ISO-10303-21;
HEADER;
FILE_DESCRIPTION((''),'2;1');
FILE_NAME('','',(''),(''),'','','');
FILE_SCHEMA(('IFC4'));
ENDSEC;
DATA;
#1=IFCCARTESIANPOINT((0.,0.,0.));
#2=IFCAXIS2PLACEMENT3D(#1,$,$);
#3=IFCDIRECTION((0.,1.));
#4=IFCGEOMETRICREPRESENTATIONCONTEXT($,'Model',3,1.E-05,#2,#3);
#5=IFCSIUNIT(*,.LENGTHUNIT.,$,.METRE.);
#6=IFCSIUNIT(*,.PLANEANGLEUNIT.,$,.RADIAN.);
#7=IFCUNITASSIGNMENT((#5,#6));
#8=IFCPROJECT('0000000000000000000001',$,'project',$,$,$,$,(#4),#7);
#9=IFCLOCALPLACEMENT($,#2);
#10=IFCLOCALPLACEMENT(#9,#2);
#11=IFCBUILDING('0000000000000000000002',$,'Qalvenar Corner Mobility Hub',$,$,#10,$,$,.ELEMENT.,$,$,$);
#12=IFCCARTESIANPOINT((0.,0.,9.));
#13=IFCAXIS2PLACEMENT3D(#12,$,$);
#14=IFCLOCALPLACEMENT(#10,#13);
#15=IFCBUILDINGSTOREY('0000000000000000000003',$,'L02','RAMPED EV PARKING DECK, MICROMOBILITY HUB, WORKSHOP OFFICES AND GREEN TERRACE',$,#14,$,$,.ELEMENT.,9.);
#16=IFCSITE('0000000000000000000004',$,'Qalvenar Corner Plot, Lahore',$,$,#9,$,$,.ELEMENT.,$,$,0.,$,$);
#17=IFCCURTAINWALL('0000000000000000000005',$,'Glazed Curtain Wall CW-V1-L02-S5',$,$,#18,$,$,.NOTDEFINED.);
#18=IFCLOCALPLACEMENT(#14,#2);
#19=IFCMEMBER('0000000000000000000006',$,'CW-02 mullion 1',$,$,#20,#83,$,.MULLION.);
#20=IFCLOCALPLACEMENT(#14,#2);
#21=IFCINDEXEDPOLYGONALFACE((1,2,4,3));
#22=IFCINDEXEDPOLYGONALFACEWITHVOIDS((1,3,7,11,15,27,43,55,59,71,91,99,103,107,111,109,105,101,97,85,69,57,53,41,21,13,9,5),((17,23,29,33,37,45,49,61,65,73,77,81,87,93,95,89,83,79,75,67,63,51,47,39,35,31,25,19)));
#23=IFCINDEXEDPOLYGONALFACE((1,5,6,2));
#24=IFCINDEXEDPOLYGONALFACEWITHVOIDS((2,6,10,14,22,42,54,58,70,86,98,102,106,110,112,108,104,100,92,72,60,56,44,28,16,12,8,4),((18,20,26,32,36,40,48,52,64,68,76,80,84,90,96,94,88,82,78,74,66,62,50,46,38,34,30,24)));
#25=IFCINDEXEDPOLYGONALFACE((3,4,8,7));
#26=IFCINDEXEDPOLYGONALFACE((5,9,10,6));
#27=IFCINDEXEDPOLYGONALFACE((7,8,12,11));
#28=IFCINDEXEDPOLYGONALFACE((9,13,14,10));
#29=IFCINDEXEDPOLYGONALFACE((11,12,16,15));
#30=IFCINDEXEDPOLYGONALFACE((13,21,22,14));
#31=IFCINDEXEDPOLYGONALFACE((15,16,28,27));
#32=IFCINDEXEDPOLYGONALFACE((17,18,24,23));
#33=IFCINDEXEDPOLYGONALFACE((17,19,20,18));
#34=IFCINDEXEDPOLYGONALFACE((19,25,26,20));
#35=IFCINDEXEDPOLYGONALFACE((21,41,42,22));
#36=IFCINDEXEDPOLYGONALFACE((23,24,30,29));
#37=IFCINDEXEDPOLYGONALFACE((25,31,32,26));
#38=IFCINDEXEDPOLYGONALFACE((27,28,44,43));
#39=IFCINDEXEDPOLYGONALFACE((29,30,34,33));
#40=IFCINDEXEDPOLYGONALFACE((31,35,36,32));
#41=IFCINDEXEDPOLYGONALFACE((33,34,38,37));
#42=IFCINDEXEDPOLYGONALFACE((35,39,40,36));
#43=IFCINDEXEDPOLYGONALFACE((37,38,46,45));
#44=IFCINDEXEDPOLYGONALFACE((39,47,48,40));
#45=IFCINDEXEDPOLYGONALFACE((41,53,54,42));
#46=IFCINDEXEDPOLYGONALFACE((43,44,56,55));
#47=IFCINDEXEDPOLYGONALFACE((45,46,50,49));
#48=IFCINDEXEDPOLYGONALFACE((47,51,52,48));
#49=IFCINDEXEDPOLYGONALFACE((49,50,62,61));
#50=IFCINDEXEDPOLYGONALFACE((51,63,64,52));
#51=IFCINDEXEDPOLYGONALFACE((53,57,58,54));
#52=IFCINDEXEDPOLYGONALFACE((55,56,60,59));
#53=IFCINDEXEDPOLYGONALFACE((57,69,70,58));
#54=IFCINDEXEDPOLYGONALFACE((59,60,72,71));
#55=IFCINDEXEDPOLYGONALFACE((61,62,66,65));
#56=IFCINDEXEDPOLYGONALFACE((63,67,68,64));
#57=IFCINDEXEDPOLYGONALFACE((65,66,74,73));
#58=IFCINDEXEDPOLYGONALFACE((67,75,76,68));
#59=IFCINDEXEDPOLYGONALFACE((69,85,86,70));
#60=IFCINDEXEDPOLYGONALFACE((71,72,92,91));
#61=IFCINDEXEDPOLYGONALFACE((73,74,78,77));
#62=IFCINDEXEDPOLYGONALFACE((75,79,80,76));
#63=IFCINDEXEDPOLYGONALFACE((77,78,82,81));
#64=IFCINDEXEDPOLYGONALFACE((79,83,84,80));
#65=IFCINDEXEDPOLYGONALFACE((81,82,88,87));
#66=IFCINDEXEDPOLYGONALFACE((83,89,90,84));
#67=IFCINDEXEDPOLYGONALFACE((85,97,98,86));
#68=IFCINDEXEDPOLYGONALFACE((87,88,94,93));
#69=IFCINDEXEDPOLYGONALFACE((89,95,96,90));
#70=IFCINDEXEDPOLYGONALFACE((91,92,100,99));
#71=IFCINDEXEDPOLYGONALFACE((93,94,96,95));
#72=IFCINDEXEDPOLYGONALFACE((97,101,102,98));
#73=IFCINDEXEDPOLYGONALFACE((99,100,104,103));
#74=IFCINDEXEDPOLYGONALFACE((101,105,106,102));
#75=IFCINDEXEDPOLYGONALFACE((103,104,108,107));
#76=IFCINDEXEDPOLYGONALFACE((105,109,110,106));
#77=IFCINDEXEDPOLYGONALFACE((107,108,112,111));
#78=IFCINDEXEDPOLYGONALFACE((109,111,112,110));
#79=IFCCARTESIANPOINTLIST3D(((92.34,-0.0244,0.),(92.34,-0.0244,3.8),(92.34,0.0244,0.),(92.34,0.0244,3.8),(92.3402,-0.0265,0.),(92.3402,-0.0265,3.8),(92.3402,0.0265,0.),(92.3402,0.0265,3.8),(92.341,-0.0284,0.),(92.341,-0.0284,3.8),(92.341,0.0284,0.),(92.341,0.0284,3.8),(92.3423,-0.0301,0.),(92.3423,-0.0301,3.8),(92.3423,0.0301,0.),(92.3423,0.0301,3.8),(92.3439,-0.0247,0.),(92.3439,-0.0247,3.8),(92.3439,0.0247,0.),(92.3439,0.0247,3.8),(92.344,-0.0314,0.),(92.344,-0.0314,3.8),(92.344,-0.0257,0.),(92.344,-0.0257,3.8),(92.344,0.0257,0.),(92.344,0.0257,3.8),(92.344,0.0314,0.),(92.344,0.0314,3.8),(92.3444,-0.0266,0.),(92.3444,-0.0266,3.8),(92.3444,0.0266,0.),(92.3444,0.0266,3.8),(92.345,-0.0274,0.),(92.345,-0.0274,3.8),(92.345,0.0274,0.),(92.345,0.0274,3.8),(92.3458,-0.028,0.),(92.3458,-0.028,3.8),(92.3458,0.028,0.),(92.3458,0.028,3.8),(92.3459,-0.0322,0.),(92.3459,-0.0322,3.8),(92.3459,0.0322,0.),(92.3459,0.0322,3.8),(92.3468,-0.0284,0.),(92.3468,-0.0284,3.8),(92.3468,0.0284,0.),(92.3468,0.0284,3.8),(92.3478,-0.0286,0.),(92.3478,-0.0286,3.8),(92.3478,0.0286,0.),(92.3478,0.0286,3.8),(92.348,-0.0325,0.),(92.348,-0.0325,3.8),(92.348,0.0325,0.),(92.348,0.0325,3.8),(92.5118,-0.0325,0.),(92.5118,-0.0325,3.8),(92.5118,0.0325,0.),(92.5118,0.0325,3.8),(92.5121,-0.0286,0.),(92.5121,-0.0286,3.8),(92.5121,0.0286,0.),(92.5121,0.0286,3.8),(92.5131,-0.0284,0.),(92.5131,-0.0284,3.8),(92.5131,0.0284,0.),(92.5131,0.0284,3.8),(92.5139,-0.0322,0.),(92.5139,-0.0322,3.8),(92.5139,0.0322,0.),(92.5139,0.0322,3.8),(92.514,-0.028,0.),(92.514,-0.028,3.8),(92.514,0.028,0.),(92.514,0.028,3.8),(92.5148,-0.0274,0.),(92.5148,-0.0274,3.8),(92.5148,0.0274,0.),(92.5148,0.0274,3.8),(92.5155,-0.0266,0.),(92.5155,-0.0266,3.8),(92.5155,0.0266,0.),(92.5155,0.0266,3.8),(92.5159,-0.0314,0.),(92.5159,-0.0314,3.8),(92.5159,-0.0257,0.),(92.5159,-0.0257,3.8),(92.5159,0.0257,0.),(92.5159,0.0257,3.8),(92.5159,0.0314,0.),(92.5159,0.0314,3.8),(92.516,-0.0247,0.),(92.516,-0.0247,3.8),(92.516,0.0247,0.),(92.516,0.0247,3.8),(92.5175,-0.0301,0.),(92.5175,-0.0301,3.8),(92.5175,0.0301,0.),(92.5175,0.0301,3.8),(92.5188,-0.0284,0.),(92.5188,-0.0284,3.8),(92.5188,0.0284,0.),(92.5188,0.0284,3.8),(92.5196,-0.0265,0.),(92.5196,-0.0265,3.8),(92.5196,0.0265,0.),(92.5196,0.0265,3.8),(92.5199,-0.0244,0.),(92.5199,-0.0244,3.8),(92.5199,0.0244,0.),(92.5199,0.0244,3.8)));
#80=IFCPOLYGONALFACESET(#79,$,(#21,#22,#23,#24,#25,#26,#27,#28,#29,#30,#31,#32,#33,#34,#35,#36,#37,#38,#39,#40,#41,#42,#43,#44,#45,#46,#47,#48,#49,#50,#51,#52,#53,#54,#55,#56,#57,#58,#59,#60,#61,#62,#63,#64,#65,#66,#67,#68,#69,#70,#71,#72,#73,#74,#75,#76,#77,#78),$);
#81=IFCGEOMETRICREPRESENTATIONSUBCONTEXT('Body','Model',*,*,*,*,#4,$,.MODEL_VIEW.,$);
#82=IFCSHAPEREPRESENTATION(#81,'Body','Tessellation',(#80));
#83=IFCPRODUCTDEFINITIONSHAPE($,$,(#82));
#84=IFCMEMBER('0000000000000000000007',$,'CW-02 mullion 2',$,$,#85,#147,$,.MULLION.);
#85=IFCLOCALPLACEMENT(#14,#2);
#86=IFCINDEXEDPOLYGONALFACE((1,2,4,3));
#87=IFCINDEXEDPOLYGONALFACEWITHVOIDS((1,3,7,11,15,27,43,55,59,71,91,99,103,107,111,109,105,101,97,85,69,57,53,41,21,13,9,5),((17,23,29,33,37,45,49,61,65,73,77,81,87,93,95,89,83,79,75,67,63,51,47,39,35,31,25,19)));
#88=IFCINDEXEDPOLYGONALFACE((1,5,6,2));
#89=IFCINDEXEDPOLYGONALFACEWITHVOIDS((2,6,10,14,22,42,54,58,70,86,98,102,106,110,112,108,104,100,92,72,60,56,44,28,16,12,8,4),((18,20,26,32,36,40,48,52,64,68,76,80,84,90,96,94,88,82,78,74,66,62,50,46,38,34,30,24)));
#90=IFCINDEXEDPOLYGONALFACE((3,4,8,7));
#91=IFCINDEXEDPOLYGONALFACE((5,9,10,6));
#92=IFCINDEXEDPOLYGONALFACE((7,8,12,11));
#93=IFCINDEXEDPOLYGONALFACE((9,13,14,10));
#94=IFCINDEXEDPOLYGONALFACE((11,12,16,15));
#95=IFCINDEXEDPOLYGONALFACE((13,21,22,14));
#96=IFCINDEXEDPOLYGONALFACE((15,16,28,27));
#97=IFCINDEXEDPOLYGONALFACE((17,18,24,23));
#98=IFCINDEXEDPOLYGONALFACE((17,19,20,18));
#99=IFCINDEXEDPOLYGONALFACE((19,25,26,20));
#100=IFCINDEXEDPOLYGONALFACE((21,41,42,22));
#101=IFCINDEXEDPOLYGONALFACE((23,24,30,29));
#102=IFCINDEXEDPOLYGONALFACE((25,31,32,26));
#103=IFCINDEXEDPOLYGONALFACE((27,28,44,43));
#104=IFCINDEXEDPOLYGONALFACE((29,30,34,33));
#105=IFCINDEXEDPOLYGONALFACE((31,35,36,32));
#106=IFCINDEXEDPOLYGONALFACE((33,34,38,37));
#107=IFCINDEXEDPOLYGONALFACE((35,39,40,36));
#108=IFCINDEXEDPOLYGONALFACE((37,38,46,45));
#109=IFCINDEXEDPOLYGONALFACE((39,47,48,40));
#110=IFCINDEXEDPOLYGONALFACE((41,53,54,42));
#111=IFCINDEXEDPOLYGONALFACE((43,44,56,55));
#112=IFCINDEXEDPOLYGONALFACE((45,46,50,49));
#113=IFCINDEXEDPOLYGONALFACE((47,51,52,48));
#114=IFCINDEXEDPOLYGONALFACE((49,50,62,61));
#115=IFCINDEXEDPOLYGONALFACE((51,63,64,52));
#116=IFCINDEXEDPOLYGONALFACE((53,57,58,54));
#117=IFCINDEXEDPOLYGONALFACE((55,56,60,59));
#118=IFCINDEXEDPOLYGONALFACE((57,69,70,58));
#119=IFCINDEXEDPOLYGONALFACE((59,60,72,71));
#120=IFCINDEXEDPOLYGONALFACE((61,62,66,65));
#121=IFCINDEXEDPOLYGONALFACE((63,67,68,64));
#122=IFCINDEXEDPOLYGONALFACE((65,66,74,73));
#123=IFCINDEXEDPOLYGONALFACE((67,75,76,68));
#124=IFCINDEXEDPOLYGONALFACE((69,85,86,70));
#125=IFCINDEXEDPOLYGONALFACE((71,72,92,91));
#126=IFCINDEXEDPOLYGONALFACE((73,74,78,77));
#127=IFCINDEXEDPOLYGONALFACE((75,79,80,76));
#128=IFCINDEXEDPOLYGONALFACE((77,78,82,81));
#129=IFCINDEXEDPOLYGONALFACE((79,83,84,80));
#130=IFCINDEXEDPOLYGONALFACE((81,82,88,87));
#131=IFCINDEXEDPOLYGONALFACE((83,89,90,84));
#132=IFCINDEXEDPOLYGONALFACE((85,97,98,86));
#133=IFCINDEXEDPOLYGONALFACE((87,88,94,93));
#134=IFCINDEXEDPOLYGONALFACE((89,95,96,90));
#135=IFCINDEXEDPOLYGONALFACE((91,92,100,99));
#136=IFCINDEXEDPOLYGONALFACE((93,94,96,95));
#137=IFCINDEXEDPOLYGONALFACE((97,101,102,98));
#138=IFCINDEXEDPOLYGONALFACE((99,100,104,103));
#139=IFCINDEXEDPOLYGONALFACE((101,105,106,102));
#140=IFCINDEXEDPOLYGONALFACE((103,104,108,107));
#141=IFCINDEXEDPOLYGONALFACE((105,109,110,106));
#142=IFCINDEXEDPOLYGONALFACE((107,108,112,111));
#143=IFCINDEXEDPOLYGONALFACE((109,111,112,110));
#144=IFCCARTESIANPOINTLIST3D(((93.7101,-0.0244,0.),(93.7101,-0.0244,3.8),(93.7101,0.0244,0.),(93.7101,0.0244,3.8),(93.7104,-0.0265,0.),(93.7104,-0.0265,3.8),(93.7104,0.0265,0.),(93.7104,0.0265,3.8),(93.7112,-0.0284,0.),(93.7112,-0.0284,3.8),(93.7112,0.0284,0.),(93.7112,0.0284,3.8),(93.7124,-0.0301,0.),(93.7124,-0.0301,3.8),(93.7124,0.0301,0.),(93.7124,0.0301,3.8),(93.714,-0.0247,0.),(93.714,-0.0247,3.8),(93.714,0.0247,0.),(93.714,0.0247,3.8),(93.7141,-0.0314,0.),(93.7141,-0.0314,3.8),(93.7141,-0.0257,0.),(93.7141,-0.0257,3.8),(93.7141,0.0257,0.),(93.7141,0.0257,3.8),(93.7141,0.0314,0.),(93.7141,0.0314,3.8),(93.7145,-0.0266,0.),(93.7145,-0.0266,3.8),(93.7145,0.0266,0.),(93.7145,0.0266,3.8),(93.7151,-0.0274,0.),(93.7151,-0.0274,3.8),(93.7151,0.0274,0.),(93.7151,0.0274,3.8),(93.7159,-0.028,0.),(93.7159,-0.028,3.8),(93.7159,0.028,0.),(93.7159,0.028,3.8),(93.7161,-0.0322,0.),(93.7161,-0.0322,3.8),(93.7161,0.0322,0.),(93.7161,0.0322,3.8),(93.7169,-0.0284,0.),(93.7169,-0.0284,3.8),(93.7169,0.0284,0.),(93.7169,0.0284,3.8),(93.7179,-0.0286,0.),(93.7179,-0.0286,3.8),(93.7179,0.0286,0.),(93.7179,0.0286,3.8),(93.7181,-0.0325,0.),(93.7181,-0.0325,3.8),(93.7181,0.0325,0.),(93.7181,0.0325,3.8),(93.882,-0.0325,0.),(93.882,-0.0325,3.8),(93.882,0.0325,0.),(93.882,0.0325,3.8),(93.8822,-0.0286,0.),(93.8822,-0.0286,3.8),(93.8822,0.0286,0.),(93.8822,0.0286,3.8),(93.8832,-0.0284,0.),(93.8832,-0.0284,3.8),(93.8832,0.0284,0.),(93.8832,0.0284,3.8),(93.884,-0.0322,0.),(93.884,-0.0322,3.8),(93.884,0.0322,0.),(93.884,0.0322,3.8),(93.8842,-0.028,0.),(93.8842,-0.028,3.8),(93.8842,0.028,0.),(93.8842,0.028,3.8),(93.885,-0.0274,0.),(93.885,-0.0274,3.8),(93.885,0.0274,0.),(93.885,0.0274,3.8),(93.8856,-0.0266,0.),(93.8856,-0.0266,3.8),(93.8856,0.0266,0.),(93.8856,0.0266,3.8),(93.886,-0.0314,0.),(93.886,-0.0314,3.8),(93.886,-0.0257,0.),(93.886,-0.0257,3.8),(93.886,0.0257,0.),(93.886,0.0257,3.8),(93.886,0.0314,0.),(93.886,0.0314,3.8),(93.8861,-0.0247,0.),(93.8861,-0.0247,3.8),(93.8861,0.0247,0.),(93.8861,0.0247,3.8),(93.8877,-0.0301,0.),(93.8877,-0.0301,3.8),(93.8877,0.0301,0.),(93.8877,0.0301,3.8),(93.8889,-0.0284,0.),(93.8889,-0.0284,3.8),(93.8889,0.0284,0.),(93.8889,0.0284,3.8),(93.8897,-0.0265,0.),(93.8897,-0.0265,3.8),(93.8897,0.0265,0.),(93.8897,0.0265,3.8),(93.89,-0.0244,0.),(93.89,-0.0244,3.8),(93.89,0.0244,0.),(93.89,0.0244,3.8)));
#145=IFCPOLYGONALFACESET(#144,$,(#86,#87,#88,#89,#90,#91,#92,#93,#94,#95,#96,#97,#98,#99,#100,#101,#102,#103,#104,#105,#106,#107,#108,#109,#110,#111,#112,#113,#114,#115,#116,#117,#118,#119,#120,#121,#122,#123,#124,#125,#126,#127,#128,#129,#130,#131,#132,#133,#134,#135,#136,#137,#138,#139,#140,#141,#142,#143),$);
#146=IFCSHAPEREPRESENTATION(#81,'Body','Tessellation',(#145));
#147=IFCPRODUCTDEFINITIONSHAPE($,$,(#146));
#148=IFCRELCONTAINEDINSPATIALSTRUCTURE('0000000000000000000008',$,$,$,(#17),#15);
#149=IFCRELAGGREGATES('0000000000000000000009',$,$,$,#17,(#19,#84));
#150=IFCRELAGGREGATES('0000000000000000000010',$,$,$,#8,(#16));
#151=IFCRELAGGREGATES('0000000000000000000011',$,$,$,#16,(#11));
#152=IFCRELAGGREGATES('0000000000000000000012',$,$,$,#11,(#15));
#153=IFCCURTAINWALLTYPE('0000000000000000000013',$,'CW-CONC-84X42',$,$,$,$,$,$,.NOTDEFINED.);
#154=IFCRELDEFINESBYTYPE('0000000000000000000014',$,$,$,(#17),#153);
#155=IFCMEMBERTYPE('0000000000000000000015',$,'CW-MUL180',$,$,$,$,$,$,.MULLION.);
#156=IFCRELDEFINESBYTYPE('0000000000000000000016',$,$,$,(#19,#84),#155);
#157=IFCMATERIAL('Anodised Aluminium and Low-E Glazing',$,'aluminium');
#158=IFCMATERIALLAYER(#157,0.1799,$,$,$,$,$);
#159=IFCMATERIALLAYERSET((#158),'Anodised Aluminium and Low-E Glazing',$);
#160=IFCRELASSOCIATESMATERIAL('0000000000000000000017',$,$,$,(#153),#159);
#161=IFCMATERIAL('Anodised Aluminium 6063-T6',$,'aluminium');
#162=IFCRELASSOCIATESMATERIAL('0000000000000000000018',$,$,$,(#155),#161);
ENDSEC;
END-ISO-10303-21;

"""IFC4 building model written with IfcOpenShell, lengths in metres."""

from ifc_helpers import new_model, si_unit, direction, frame, origin, origin_2d, place, context, subcontext, project, spatial, hollow_rectangle, extrude, material, layer, layer_set, material_profile, profile_set, type_object, element, aggregate, save


model = new_model("IFC4")

# Units and contexts
model_context = context("Model", 3, precision=1e-05, world=origin(), true_north=direction((0.0, 1.0)))
body_context = subcontext(model_context, "Body", "Model", "MODEL_VIEW")
ifc_project = project(units=[si_unit("LENGTHUNIT", "METRE"), si_unit("PLANEANGLEUNIT", "RADIAN")], contexts=[model_context])

# Site, building, storey
site_placement = place(None, origin())
site = spatial("IfcSite", under=ifc_project, at=site_placement, Name="Qalvenar Corner Plot, Lahore", CompositionType="ELEMENT", RefElevation=0.0)
building_placement = place(site_placement, origin())
building = spatial("IfcBuilding", under=site, at=building_placement, Name="Qalvenar Corner Mobility Hub", CompositionType="ELEMENT")
storey_placement = place(building_placement, frame((0.0, 0.0, 9.0)))
storey = spatial("IfcBuildingStorey", under=building, at=storey_placement, Name="L02", Description="RAMPED EV PARKING DECK, MICROMOBILITY HUB, WORKSHOP OFFICES AND GREEN TERRACE", CompositionType="ELEMENT", Elevation=9.0)

# Shared definitions
ifc_material_1 = material(Name="Anodised Aluminium and Low-E Glazing", Category="aluminium")
ifc_layer_1 = layer(ifc_material_1, 0.1799)
ifc_layer_set_1 = layer_set([ifc_layer_1], Name="Anodised Aluminium and Low-E Glazing")
curtain_wall_type = type_object("IfcCurtainWallType", Name="CW-CONC-84X42", PredefinedType="NOTDEFINED", material=ifc_layer_set_1)
ifc_material_2 = material(Name="Anodised Aluminium 6063-T6", Category="aluminium")
ifc_material_profile_1 = material_profile(ifc_material_2, hollow_rectangle(XDim=0.0649, YDim=0.1799, WallThickness=0.0039, InnerFilletRadius=0.0039, OuterFilletRadius=0.0081, at=origin_2d()), Name="RHS180x65x4")
ifc_profile_set_1 = profile_set([ifc_material_profile_1], Name="Anodised Aluminium 6063-T6")
member_type_1 = type_object("IfcMemberType", Name="CW-MUL180", PredefinedType="MULLION", material=ifc_profile_set_1)

# Curtain wall, members
curtain_wall_1_placement = place(storey_placement, origin())
curtain_wall_1 = element("IfcCurtainWall", 1, at=curtain_wall_1_placement, inside=storey, type_object=curtain_wall_type, Name="Glazed Curtain Wall CW-V1-L02-S5", PredefinedType="NOTDEFINED")
member_1_placement = place(storey_placement, frame((92.4299, 0.0, 0.0), z_axis=(0.0, 0.0, 1.0), x_axis=(0.0, 1.0, 0.0)))
member_1 = element("IfcMember", 2, at=member_1_placement, type_object=member_type_1, Name="CW-02 mullion 1", PredefinedType="MULLION", context=body_context, shape_type="SweptSolid", body=[
    extrude(hollow_rectangle(XDim=0.0649, YDim=0.1799, WallThickness=0.0039, InnerFilletRadius=0.0039, OuterFilletRadius=0.0081, at=origin_2d()), origin(), (0.0, 0.0, 1.0), 3.8),
])
member_2_placement = place(storey_placement, frame((93.8, 0.0, 0.0), z_axis=(0.0, 0.0, 1.0), x_axis=(0.0, 1.0, 0.0)))
member_2 = element("IfcMember", 3, at=member_2_placement, type_object=member_type_1, Name="CW-02 mullion 2", PredefinedType="MULLION", context=body_context, shape_type="SweptSolid", body=[
    extrude(hollow_rectangle(XDim=0.0649, YDim=0.1799, WallThickness=0.0039, InnerFilletRadius=0.0039, OuterFilletRadius=0.0081, at=origin_2d()), origin(), (0.0, 0.0, 1.0), 3.8),
])

aggregate(curtain_wall_1, [member_1, member_2])

save(model, "model.ifc")
